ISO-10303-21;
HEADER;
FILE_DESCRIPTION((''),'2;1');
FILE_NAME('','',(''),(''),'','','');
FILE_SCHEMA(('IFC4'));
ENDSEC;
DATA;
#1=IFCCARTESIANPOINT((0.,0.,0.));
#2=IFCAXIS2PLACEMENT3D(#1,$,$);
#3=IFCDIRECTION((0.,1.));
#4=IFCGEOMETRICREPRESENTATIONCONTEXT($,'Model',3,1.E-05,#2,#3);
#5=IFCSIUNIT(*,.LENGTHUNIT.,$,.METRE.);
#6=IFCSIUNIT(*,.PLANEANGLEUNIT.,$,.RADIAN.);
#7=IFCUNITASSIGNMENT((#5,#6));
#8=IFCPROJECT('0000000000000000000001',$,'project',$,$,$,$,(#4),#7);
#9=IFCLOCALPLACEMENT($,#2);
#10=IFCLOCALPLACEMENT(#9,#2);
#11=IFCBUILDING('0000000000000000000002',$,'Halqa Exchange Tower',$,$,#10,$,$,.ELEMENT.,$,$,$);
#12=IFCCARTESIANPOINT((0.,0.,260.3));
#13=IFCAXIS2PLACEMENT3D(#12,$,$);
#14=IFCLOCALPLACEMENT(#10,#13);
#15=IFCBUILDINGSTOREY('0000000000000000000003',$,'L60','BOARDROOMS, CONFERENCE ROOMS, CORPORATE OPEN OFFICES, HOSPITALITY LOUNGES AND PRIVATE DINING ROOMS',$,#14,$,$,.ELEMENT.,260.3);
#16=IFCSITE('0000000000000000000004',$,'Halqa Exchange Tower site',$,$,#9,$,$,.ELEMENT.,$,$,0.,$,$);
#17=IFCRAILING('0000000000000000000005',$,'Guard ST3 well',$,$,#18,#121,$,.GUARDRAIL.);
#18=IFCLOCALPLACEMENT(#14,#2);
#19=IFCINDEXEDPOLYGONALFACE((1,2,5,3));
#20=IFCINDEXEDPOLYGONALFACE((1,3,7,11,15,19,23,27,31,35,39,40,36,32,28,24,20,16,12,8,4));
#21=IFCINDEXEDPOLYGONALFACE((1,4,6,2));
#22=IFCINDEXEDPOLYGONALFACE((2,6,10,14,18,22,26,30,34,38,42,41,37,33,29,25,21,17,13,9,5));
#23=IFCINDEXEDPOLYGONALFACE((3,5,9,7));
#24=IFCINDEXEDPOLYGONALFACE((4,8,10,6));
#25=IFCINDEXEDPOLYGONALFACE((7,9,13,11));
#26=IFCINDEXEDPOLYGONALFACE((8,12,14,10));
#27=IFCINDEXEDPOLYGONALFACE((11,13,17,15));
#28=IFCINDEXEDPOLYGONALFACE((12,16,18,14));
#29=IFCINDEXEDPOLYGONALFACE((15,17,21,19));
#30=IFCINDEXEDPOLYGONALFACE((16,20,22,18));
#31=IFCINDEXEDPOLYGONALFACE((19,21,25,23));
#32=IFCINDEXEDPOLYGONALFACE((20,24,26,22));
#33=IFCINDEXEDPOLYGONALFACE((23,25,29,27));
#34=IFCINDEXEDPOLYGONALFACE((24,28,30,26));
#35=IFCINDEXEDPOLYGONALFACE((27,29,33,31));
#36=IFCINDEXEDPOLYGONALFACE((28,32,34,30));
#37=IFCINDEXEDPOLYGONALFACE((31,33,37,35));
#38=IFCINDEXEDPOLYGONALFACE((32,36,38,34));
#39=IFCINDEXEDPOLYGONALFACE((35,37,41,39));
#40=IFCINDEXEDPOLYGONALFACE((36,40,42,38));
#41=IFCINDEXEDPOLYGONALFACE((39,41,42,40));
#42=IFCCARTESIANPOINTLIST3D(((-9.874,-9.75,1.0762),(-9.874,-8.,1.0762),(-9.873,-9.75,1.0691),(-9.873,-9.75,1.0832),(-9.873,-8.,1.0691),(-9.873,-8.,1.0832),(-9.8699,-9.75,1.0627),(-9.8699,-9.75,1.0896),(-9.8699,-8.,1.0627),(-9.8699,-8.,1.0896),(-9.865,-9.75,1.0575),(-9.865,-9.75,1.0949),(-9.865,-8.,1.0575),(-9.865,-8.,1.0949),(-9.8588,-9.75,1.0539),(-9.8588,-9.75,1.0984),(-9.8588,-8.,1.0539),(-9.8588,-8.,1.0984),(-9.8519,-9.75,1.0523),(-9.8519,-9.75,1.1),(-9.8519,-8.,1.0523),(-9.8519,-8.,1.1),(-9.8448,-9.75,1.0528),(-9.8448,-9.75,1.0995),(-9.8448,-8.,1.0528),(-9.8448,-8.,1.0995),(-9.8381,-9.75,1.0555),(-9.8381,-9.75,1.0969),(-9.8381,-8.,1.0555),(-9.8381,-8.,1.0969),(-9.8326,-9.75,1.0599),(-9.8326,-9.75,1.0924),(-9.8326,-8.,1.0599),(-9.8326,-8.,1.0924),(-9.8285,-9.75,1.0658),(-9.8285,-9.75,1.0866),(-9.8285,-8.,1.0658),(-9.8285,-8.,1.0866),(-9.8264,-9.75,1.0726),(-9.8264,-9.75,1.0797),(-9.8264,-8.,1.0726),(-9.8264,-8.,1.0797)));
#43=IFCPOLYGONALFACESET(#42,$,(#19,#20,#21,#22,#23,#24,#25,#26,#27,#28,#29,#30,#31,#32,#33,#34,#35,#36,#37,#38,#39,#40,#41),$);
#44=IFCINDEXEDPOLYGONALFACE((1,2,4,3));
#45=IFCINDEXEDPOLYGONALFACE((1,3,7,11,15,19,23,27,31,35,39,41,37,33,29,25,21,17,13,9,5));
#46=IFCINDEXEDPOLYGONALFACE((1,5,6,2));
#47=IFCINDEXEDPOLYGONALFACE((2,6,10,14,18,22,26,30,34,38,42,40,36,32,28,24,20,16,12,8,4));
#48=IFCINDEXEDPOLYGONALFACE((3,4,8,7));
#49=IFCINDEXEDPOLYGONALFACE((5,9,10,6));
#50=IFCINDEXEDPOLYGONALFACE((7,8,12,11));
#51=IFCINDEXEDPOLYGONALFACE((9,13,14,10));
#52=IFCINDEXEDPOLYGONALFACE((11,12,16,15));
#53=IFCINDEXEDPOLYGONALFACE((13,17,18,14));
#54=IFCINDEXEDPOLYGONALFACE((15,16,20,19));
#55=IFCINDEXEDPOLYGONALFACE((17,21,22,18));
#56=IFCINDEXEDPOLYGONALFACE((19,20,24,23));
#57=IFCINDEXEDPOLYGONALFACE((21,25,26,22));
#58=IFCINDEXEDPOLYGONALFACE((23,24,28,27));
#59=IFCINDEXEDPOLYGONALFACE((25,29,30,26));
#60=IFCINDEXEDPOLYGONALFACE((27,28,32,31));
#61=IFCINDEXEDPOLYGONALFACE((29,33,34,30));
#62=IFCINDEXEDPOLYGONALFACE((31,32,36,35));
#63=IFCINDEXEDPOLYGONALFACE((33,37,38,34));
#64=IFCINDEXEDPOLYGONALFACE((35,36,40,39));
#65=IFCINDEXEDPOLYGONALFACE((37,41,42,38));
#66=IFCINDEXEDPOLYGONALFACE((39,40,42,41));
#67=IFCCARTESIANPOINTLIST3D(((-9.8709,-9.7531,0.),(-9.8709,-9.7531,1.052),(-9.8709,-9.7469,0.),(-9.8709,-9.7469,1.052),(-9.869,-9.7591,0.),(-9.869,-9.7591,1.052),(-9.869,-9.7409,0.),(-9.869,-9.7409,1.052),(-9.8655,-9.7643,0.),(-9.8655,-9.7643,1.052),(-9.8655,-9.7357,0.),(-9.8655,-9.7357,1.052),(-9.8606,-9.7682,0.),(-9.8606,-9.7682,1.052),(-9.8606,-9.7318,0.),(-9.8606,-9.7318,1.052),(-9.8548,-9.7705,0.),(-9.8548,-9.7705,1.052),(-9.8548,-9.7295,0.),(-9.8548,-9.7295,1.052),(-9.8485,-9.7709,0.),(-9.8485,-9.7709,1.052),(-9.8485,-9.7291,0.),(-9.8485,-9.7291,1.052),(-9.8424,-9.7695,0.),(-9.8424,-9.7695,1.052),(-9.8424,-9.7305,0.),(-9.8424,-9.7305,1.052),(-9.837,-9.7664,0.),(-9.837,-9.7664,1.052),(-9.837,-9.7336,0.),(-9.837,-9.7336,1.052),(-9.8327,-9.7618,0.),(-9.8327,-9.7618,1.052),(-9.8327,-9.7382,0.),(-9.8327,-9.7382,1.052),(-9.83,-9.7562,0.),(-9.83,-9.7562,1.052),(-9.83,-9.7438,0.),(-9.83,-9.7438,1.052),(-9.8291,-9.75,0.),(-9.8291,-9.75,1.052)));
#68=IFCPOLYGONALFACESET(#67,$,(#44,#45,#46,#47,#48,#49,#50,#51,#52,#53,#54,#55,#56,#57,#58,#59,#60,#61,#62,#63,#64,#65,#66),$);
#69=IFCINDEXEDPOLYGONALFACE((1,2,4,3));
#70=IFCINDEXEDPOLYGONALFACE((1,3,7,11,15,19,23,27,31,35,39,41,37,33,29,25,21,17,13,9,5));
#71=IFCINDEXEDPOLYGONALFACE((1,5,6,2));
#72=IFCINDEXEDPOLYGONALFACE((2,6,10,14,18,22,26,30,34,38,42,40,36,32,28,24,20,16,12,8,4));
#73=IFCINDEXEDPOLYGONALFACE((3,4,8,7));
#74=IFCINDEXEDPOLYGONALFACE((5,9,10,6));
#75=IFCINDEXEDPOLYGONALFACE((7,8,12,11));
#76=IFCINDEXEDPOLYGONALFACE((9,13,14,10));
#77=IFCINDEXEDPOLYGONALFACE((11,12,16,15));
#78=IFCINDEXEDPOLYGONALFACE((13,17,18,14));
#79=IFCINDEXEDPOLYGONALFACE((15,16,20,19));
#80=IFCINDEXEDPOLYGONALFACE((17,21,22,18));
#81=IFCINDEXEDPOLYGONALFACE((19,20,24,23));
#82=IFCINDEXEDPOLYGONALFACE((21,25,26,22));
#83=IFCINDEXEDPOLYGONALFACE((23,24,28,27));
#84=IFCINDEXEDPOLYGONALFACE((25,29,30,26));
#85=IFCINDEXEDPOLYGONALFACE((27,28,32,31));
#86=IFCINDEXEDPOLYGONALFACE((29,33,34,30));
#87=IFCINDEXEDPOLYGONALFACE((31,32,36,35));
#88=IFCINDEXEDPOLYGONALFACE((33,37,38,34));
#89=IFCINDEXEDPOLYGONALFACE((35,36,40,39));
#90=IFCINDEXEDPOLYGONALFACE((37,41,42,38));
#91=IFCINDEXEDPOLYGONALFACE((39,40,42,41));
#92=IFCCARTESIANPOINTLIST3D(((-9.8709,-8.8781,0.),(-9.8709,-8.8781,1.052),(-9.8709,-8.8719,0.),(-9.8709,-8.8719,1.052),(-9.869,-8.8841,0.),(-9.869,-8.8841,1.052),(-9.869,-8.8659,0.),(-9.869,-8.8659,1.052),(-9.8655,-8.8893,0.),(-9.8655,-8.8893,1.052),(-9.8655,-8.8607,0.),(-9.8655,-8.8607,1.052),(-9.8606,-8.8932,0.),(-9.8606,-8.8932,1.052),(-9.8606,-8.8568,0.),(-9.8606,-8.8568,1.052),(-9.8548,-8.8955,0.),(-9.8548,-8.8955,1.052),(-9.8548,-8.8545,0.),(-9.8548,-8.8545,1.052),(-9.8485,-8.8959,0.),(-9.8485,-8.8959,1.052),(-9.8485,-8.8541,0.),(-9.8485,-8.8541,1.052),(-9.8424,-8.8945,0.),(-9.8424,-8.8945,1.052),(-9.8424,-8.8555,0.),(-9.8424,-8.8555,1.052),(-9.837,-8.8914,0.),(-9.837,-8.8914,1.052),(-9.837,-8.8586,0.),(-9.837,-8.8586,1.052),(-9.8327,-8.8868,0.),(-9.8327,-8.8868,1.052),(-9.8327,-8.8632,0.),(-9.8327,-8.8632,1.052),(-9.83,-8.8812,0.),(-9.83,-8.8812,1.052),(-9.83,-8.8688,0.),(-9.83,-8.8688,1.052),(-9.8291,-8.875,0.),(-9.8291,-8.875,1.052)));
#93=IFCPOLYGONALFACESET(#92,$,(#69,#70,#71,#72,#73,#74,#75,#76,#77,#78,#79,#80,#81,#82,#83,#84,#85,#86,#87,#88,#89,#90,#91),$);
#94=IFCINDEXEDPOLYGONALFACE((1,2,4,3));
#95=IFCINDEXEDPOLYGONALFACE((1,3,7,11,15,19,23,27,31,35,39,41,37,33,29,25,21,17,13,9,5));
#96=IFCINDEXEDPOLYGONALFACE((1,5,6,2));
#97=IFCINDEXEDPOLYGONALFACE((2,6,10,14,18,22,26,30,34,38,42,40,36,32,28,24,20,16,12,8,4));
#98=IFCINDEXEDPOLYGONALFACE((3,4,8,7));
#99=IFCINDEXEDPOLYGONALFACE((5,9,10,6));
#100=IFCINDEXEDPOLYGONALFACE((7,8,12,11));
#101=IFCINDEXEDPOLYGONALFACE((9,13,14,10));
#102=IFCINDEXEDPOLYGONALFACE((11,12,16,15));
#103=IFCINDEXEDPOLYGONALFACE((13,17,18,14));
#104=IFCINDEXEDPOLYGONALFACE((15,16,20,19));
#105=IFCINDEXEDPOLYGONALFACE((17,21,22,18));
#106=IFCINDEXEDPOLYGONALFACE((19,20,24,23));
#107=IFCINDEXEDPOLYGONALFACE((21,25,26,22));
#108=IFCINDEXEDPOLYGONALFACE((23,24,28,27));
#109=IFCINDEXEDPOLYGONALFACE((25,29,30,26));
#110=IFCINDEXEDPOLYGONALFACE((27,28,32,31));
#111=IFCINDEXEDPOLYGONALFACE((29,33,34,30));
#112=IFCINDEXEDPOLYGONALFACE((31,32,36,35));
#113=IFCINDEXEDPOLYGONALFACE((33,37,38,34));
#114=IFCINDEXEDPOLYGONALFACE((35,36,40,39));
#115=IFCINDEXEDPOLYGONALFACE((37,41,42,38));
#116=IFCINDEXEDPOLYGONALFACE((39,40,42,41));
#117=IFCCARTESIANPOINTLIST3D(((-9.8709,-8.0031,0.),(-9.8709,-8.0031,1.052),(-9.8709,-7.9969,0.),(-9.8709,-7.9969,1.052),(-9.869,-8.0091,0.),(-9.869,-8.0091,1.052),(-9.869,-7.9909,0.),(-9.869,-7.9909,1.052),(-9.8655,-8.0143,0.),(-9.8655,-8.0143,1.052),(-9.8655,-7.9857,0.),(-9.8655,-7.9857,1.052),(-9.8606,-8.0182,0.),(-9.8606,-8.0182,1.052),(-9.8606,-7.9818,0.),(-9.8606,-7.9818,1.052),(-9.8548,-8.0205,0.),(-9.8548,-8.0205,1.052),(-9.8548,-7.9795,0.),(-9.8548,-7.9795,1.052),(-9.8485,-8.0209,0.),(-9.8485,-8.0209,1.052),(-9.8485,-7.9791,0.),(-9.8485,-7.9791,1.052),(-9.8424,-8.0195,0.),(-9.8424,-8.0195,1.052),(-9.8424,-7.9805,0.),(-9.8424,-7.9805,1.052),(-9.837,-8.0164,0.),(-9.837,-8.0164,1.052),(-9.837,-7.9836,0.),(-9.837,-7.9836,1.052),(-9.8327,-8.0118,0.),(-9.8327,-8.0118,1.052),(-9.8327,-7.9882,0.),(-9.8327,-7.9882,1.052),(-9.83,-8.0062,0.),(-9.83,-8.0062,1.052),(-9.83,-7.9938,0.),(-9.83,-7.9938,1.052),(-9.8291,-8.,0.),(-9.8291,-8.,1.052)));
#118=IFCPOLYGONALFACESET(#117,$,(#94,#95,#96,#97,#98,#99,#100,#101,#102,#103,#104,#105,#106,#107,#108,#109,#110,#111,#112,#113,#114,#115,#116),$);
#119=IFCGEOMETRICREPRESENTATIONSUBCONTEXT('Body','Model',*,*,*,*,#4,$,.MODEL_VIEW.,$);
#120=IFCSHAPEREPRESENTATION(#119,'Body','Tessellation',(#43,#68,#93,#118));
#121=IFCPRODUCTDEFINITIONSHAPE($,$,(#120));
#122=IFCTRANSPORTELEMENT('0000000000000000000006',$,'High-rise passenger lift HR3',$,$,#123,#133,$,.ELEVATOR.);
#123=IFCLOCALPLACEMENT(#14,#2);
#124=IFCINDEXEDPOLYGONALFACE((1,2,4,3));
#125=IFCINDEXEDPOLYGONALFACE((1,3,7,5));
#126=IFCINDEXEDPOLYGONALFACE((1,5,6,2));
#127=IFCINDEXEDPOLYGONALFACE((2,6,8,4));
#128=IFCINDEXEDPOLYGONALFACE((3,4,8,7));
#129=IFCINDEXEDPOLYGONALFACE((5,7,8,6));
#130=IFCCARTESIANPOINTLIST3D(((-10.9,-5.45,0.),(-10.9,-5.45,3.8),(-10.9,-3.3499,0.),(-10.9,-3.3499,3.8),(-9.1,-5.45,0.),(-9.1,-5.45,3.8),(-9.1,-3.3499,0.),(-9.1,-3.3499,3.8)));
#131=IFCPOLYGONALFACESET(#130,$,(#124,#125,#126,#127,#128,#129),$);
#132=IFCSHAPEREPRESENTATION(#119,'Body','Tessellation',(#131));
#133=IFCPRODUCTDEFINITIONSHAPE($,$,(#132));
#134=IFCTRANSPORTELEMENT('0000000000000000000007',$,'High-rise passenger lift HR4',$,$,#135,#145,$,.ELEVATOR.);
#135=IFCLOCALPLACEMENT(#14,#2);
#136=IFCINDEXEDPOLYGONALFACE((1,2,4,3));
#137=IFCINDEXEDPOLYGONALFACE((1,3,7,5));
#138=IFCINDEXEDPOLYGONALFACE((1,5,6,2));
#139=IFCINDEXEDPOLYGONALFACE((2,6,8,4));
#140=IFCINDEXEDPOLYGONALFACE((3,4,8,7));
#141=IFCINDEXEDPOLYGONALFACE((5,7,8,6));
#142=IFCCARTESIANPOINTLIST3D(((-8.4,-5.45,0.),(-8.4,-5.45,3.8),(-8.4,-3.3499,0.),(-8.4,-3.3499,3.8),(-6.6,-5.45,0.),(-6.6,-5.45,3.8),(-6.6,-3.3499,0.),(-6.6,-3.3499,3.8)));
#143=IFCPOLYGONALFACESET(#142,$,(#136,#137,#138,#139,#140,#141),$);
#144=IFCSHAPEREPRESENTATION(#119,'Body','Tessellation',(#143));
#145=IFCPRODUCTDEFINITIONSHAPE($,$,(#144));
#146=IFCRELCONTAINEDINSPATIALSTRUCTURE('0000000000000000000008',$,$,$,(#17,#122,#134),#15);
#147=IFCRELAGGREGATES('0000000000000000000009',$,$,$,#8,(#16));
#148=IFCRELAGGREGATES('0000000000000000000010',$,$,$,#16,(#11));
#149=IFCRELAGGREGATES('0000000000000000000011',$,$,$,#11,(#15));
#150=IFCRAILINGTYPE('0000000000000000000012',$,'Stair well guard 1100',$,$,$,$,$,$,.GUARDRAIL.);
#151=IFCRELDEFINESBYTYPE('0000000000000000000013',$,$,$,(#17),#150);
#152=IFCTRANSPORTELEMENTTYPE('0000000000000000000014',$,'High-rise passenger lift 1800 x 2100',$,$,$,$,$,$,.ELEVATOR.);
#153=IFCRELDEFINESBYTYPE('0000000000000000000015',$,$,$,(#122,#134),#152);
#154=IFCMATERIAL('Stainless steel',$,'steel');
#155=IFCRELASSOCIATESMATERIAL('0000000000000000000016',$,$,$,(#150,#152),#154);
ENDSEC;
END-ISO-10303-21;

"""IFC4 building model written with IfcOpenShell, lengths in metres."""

from ifc_helpers import new_model, si_unit, direction, frame, origin, origin_2d, place, context, subcontext, project, spatial, rectangle, circle, extrude, material, type_object, element, save


model = new_model("IFC4")

# Units and contexts
model_context = context("Model", 3, precision=1e-05, world=origin(), true_north=direction((0.0, 1.0)))
body_context = subcontext(model_context, "Body", "Model", "MODEL_VIEW")
ifc_project = project(units=[si_unit("LENGTHUNIT", "METRE"), si_unit("PLANEANGLEUNIT", "RADIAN")], contexts=[model_context])

# Site, building, storey
site_placement = place(None, origin())
site = spatial("IfcSite", under=ifc_project, at=site_placement, Name="Halqa Exchange Tower site", CompositionType="ELEMENT", RefElevation=0.0)
building_placement = place(site_placement, origin())
building = spatial("IfcBuilding", under=site, at=building_placement, Name="Halqa Exchange Tower", CompositionType="ELEMENT")
storey_placement = place(building_placement, frame((0.0, 0.0, 260.3)))
storey = spatial("IfcBuildingStorey", under=building, at=storey_placement, Name="L60", Description="BOARDROOMS, CONFERENCE ROOMS, CORPORATE OPEN OFFICES, HOSPITALITY LOUNGES AND PRIVATE DINING ROOMS", CompositionType="ELEMENT", Elevation=260.3)

# Shared definitions
ifc_material_1 = material(Name="Stainless steel", Category="steel")

# Railing
railing_type_1 = type_object("IfcRailingType", Name="Stair well guard 1100", PredefinedType="GUARDRAIL", material=ifc_material_1)
railing_1_placement = place(storey_placement, frame((-9.8501, -9.75, 0.0)))
element("IfcRailing", 1, at=railing_1_placement, inside=storey, type_object=railing_type_1, Name="Guard ST3 well", PredefinedType="GUARDRAIL", context=body_context, shape_type="SweptSolid", body=[
    extrude(circle(Radius=0.0239, at=origin_2d()), frame((0.0, 0.0, 1.0762), z_axis=(0.0, 1.0, 0.0), x_axis=(-1.0, 0.0, 0.0)), (0.0, 0.0, 1.0), 1.75),
    extrude(circle(Radius=0.021, at=origin_2d()), origin(), (0.0, 0.0, 1.0), 1.052),
    extrude(circle(Radius=0.021, at=origin_2d()), frame((0.0, 0.875, 0.0)), (0.0, 0.0, 1.0), 1.052),
    extrude(circle(Radius=0.021, at=origin_2d()), frame((0.0, 1.75, 0.0)), (0.0, 0.0, 1.0), 1.052),
])

# Transport elements
transport_element_type = type_object("IfcTransportElementType", Name="High-rise passenger lift 1800 x 2100", PredefinedType="ELEVATOR", material=ifc_material_1)
for number, where, z_axis, x_axis, name in (
    (2, (-10.0, -4.3999, 0.0), (0.0, 0.0, 1.0), (1.0, 0.0, 0.0), "High-rise passenger lift HR3"),
    (3, (-7.5, -4.3999, 0.0), (0.0, 0.0, 1.0), (1.0, 0.0, 0.0), "High-rise passenger lift HR4"),
):
    element("IfcTransportElement", number, at=place(storey_placement, frame(where, z_axis=z_axis, x_axis=x_axis)), inside=storey, type_object=transport_element_type, Name=name, PredefinedType="ELEVATOR", context=body_context, shape_type="SweptSolid", body=[
        extrude(rectangle(XDim=1.8, YDim=2.1001, at=origin_2d()), origin(), (0.0, 0.0, 1.0), 3.8),
    ])

save(model, "model.ifc")
